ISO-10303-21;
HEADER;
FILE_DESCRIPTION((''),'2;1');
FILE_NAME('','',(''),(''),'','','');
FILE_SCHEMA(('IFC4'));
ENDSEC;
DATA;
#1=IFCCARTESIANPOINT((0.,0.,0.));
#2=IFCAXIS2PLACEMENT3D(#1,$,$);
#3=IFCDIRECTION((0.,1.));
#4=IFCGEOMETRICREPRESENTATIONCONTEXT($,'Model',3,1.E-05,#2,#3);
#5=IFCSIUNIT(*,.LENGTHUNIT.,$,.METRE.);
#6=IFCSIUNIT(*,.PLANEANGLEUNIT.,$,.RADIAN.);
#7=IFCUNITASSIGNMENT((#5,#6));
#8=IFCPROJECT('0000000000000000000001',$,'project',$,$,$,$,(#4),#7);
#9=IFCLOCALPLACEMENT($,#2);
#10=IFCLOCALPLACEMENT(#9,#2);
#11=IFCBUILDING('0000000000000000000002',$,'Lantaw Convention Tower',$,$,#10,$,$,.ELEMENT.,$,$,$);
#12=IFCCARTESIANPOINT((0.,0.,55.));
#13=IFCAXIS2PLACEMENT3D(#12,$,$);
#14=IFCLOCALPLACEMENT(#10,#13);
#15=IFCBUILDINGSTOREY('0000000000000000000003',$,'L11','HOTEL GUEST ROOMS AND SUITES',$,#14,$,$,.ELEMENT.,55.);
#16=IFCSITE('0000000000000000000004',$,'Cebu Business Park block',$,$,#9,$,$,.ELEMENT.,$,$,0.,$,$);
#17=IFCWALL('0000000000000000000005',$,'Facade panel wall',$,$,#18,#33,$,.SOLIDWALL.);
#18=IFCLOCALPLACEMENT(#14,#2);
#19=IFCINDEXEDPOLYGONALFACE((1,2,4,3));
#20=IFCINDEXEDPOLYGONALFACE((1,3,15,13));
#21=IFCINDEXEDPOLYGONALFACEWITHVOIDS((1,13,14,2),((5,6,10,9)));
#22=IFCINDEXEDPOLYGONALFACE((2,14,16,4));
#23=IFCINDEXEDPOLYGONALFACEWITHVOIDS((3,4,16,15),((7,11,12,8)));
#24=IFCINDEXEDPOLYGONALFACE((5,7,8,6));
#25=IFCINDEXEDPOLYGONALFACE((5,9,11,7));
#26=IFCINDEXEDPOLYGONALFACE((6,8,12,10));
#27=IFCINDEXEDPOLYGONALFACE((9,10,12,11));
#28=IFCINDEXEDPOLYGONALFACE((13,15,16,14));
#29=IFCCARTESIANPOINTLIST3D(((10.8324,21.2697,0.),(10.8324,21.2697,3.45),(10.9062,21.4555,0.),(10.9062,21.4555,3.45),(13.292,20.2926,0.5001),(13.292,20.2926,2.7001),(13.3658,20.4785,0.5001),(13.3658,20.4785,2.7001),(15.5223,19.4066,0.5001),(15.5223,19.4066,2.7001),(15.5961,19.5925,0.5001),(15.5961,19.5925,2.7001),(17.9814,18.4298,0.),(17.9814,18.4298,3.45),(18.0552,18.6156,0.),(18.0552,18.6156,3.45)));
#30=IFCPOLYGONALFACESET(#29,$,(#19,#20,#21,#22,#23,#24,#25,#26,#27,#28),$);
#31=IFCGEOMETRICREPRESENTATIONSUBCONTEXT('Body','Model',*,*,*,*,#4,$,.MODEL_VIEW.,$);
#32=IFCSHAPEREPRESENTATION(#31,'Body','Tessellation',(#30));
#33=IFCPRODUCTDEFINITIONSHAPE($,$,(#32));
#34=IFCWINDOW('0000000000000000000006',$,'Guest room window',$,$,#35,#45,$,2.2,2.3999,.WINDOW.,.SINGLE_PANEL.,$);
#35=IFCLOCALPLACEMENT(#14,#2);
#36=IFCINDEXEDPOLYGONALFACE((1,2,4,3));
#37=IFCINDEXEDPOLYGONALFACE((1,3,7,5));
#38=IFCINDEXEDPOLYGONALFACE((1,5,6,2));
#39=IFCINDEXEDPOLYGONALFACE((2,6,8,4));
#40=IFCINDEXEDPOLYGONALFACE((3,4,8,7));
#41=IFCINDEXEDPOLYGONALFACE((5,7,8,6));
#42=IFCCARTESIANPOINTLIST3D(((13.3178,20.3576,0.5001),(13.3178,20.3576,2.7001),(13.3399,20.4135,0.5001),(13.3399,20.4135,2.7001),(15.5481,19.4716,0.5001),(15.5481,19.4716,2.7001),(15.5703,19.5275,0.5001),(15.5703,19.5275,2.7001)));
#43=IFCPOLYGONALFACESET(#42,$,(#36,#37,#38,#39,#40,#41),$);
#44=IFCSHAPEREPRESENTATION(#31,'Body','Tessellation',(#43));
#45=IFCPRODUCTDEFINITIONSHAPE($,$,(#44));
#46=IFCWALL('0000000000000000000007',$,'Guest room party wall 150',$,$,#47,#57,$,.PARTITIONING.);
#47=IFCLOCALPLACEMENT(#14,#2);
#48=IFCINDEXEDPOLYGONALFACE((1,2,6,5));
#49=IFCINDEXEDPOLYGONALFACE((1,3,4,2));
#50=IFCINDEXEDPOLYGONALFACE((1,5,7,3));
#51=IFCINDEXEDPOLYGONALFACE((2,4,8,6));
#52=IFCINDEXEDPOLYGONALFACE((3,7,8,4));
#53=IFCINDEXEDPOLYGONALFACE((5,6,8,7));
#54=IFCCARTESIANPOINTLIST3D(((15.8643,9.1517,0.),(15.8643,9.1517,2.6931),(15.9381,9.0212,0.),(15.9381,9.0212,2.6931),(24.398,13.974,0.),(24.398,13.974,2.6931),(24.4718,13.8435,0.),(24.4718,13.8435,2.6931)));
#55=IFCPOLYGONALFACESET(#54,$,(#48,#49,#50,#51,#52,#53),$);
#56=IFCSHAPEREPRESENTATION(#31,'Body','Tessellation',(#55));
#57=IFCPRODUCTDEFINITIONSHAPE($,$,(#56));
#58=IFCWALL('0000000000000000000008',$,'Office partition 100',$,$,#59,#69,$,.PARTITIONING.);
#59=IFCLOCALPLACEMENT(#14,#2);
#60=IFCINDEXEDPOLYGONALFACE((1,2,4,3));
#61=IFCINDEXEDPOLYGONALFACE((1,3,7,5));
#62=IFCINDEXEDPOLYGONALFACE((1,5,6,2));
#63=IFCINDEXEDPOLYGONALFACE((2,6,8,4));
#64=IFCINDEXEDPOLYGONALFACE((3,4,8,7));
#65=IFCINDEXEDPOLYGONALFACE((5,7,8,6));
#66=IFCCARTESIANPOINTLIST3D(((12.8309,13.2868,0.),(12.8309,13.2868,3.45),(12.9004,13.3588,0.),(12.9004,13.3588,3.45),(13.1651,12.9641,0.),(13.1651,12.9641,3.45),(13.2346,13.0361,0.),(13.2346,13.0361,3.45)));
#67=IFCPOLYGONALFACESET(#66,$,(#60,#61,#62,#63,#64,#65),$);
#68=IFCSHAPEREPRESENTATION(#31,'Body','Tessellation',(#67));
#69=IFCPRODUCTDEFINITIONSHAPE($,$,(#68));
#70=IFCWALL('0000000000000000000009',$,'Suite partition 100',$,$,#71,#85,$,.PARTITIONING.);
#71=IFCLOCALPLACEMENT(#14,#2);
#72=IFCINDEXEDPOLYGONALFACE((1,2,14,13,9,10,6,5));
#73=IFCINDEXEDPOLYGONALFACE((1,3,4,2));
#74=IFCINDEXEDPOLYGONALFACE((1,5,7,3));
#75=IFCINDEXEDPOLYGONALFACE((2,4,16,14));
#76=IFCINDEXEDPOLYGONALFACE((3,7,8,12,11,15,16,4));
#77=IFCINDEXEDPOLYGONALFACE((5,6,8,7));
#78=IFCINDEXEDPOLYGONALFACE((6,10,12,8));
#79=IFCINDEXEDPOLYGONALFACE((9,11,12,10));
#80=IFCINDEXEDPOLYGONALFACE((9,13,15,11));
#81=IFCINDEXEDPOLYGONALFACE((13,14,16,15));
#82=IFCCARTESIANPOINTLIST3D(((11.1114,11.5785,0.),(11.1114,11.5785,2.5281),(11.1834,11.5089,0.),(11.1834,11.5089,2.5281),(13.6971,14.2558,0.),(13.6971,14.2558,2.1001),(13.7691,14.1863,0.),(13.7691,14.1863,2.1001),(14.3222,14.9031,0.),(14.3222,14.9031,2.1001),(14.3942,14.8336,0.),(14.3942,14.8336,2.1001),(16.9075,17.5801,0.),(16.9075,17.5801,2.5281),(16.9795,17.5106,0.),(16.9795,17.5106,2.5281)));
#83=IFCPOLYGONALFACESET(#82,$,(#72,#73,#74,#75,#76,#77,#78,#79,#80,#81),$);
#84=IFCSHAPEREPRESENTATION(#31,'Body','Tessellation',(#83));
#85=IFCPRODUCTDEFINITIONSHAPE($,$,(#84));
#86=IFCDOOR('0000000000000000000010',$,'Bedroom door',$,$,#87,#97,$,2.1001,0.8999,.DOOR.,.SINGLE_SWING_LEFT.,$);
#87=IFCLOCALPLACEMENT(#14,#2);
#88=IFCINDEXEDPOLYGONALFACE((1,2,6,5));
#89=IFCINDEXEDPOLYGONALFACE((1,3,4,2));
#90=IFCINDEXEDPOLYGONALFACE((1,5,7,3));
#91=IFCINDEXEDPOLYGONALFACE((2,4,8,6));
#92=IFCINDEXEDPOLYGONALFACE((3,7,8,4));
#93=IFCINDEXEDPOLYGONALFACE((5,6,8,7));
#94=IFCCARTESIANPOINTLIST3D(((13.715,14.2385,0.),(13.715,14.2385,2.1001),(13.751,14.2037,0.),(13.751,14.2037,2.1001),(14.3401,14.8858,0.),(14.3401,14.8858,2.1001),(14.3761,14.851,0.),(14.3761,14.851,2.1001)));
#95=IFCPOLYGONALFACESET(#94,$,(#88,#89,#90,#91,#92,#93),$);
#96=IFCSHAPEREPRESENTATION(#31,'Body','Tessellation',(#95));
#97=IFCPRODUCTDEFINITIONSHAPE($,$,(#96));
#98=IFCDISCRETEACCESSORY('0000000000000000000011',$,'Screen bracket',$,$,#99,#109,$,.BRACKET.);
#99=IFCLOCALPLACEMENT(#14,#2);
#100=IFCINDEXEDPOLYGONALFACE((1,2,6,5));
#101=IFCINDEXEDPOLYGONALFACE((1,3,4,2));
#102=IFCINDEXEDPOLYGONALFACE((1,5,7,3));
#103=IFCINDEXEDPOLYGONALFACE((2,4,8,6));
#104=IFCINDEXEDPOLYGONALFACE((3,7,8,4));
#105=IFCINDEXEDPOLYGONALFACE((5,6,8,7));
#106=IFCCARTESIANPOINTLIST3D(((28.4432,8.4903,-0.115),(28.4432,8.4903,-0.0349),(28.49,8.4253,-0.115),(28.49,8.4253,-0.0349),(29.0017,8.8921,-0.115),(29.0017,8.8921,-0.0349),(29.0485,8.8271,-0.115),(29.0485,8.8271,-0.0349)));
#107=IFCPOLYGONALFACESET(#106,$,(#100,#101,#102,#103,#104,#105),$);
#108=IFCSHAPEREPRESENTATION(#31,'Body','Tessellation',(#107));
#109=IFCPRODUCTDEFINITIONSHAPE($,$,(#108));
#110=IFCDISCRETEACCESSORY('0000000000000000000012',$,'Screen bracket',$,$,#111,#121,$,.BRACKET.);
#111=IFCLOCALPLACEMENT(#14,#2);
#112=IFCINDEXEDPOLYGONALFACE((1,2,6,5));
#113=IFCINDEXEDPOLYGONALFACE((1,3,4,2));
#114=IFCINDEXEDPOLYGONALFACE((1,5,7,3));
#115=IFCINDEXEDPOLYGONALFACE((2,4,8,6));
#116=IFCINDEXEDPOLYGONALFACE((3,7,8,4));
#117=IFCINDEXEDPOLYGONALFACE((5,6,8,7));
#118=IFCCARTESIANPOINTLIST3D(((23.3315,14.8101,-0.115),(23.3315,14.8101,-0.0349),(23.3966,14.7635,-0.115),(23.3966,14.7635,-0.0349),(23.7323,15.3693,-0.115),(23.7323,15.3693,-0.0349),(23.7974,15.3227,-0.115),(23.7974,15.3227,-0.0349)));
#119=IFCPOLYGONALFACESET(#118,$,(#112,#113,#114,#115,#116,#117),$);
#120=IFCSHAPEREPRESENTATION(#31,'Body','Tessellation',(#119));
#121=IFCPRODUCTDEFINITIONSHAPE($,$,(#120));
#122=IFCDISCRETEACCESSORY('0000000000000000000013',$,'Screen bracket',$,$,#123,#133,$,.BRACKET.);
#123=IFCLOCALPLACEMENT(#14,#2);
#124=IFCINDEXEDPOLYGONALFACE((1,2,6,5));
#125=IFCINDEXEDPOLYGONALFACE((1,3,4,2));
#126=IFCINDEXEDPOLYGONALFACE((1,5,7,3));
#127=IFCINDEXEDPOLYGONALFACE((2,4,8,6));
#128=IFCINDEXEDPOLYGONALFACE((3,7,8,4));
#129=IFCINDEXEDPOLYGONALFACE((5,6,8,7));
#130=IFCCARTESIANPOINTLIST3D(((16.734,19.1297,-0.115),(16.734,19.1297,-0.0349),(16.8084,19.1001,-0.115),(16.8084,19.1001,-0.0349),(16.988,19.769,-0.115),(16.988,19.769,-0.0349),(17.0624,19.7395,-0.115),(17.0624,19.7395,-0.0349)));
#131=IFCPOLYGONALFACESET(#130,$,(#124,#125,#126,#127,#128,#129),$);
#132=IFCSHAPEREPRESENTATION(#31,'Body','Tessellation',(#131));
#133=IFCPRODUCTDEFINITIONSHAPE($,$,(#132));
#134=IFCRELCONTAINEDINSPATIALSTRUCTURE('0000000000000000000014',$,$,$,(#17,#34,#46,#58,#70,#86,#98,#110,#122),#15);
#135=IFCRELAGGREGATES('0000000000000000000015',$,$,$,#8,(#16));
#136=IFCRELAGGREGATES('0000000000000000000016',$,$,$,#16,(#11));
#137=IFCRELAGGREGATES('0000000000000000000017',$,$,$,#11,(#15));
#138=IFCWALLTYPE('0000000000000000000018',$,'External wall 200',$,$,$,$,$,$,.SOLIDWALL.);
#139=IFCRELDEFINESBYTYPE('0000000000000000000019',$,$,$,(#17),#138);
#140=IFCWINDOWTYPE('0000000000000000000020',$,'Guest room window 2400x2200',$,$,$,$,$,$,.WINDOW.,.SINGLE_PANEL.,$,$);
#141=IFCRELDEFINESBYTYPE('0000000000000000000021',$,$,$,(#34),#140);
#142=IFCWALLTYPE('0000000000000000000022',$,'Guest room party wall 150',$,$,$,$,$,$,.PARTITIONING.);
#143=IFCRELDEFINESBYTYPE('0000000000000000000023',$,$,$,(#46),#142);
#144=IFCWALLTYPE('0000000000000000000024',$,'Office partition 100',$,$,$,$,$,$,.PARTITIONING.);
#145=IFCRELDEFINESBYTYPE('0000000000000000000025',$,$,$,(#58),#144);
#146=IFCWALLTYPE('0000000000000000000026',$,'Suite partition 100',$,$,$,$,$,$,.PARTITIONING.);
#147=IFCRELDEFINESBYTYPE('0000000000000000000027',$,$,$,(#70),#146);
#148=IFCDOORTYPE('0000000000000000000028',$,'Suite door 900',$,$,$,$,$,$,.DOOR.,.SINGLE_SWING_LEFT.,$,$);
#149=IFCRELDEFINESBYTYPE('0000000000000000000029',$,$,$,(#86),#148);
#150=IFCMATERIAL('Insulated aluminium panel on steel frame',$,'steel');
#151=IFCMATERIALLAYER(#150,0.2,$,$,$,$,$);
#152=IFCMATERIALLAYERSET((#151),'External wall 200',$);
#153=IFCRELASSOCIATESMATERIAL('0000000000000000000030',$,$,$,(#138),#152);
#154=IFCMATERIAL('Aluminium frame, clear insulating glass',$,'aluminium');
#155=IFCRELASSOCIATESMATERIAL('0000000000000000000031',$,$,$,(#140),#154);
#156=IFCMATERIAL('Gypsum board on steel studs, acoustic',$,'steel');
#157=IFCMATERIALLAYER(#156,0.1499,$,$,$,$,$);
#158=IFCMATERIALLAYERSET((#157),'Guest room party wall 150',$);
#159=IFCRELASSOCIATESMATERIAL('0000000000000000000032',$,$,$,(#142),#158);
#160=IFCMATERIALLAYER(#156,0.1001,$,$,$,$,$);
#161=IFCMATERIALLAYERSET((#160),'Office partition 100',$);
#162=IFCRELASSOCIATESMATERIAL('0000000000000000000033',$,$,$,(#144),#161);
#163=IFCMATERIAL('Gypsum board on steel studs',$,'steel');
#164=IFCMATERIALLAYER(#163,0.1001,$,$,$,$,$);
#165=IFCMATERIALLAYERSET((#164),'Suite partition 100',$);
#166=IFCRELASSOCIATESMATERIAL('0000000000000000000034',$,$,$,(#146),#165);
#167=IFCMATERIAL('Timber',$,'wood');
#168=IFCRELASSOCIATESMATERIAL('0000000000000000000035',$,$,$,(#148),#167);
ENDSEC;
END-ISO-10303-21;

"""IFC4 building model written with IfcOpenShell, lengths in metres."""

from ifc_helpers import new_model, si_unit, direction, frame, frame_2d, origin, origin_2d, place, context, subcontext, project, spatial, rectangle, extrude, material, layer, layer_set, type_object, element, fill, save


model = new_model("IFC4")

# Units and contexts
model_context = context("Model", 3, precision=1e-05, world=origin(), true_north=direction((0.0, 1.0)))
body_context = subcontext(model_context, "Body", "Model", "MODEL_VIEW")
ifc_project = project(units=[si_unit("LENGTHUNIT", "METRE"), si_unit("PLANEANGLEUNIT", "RADIAN")], contexts=[model_context])

# Site, building, storey
site_placement = place(None, origin())
site = spatial("IfcSite", under=ifc_project, at=site_placement, Name="Cebu Business Park block", CompositionType="ELEMENT", RefElevation=0.0)
building_placement = place(site_placement, origin())
building = spatial("IfcBuilding", under=site, at=building_placement, Name="Lantaw Convention Tower", CompositionType="ELEMENT")
storey_placement = place(building_placement, frame((0.0, 0.0, 55.0)))
storey = spatial("IfcBuildingStorey", under=building, at=storey_placement, Name="L11", Description="HOTEL GUEST ROOMS AND SUITES", CompositionType="ELEMENT", Elevation=55.0)

# Shared definitions
ifc_material_1 = material(Name="Timber", Category="wood")

# Wall, opening, window
ifc_material_2 = material(Name="Insulated aluminium panel on steel frame", Category="steel")
ifc_layer_1 = layer(ifc_material_2, 0.2)
ifc_layer_set_1 = layer_set([ifc_layer_1], Name="External wall 200")
wall_type_1 = type_object("IfcWallType", Name="External wall 200", PredefinedType="SOLIDWALL", material=ifc_layer_set_1)
ifc_material_3 = material(Name="Aluminium frame, clear insulating glass", Category="aluminium")
window_type = type_object("IfcWindowType", Name="Guest room window 2400x2200", PartitioningType="SINGLE_PANEL", PredefinedType="WINDOW", material=ifc_material_3)
wall_1_placement = place(storey_placement, frame((18.0183, 18.5227, 0.0), z_axis=(0.0, 0.0, 1.0), x_axis=(-0.929358, 0.369179, 0.0)))
wall_1 = element("IfcWall", 1, at=wall_1_placement, inside=storey, type_object=wall_type_1, Name="Facade panel wall", PredefinedType="SOLIDWALL", context=body_context, shape_type="SweptSolid", body=[
    extrude(rectangle(XDim=7.6924, YDim=0.2, at=frame_2d((3.8462, 0.0))), origin(), (0.0, 0.0, 1.0), 3.45),
])
opening_1_placement = place(wall_1_placement, frame((2.646, 0.0, 0.5)))
opening_1 = element("IfcOpeningElement", 2, at=opening_1_placement, cuts=wall_1, PredefinedType="OPENING", context=body_context, shape_type="SweptSolid", body=[
    extrude(rectangle(XDim=2.3999, YDim=2.2, at=frame_2d((1.2, 1.1001))), frame((0.0, 0.1099, 0.0), z_axis=(0.0, -1.0, 0.0), x_axis=(1.0, 0.0, 0.0)), (0.0, 0.0, 1.0), 0.22),
])
window_1_placement = place(opening_1_placement, origin())
window_1 = element("IfcWindow", 3, at=window_1_placement, inside=storey, type_object=window_type, Name="Guest room window", OverallHeight=2.2, OverallWidth=2.3999, PartitioningType="SINGLE_PANEL", PredefinedType="WINDOW", context=body_context, shape_type="SweptSolid", body=[
    extrude(rectangle(XDim=2.3999, YDim=2.2, at=frame_2d((1.2, 1.1001))), frame((0.0, 0.03, 0.0), z_axis=(0.0, -1.0, 0.0), x_axis=(1.0, 0.0, 0.0)), (0.0, 0.0, 1.0), 0.0601),
])
fill(opening_1, window_1)

# Walls
ifc_material_4 = material(Name="Gypsum board on steel studs, acoustic", Category="steel")
ifc_layer_2 = layer(ifc_material_4, 0.1499)
ifc_layer_set_2 = layer_set([ifc_layer_2], Name="Guest room party wall 150")
wall_type_2 = type_object("IfcWallType", Name="Guest room party wall 150", PredefinedType="PARTITIONING", material=ifc_layer_set_2)
wall_2_placement = place(storey_placement, frame((24.4348, 13.9087, 0.0), z_axis=(0.0, 0.0, 1.0), x_axis=(-0.870612, -0.49197, 0.0)))
element("IfcWall", 4, at=wall_2_placement, inside=storey, type_object=wall_type_2, Name="Guest room party wall 150", PredefinedType="PARTITIONING", context=body_context, shape_type="SweptSolid", body=[
    extrude(rectangle(XDim=9.802, YDim=0.1499, at=frame_2d((4.9009, 0.0))), origin(), (0.0, 0.0, 1.0), 2.6931),
])
ifc_layer_3 = layer(ifc_material_4, 0.1001)
ifc_layer_set_3 = layer_set([ifc_layer_3], Name="Office partition 100")
wall_type_3 = type_object("IfcWallType", Name="Office partition 100", PredefinedType="PARTITIONING", material=ifc_layer_set_3)
wall_3_placement = place(storey_placement, frame((13.2, 13.0, 0.0), z_axis=(0.0, 0.0, 1.0), x_axis=(-0.719347, 0.694651, 0.0)))
element("IfcWall", 5, at=wall_3_placement, inside=storey, type_object=wall_type_3, Name="Office partition 100", PredefinedType="PARTITIONING", context=body_context, shape_type="SweptSolid", body=[
    extrude(rectangle(XDim=0.4646, YDim=0.1001, at=frame_2d((0.2324, 0.0))), origin(), (0.0, 0.0, 1.0), 3.45),
])

# Wall, opening, door
ifc_material_5 = material(Name="Gypsum board on steel studs", Category="steel")
ifc_layer_4 = layer(ifc_material_5, 0.1001)
ifc_layer_set_4 = layer_set([ifc_layer_4], Name="Suite partition 100")
wall_type_4 = type_object("IfcWallType", Name="Suite partition 100", PredefinedType="PARTITIONING", material=ifc_layer_set_4)
wall_4_placement = place(storey_placement, frame((16.9436, 17.5454, 0.0), z_axis=(0.0, 0.0, 1.0), x_axis=(-0.694681, -0.719318, 0.0)))
wall_4 = element("IfcWall", 6, at=wall_4_placement, inside=storey, type_object=wall_type_4, Name="Suite partition 100", PredefinedType="PARTITIONING", context=body_context, shape_type="SweptSolid", body=[
    extrude(rectangle(XDim=8.3435, YDim=0.1001, at=frame_2d((4.1719, 0.0))), origin(), (0.0, 0.0, 1.0), 2.5281),
])
opening_2_placement = place(wall_4_placement, frame((3.7217, 0.0, 0.0)))
opening_2 = element("IfcOpeningElement", 7, at=opening_2_placement, cuts=wall_4, PredefinedType="OPENING", context=body_context, shape_type="SweptSolid", body=[
    extrude(rectangle(XDim=0.8999, YDim=2.1001, at=frame_2d((0.45, 1.05))), frame((0.0, 0.0601, 0.0), z_axis=(0.0, -1.0, 0.0), x_axis=(1.0, 0.0, 0.0)), (0.0, 0.0, 1.0), 0.1201),
])
door_type_1 = type_object("IfcDoorType", Name="Suite door 900", OperationType="SINGLE_SWING_LEFT", PredefinedType="DOOR", material=ifc_material_1)
door_1_placement = place(opening_2_placement, origin())
door_1 = element("IfcDoor", 8, at=door_1_placement, inside=storey, type_object=door_type_1, Name="Bedroom door", OperationType="SINGLE_SWING_LEFT", OverallHeight=2.1001, OverallWidth=0.8999, PredefinedType="DOOR", context=body_context, shape_type="SweptSolid", body=[
    extrude(rectangle(XDim=0.8999, YDim=2.1001, at=frame_2d((0.45, 1.05))), frame((0.0, 0.0249, 0.0), z_axis=(0.0, -1.0, 0.0), x_axis=(1.0, 0.0, 0.0)), (0.0, 0.0, 1.0), 0.05),
])
fill(opening_2, door_1)

# Discrete accessories
for number, where, z_axis, x_axis, name in (
    (9, (28.7458, 8.6587, -0.115), (0.0, 0.0, 1.0), (-0.583951, 0.811789, 0.0), "Screen bracket"),
    (10, (23.5645, 15.0664, -0.115), (0.0, 0.0, 1.0), (-0.812804, 0.582538, 0.0), "Screen bracket"),
    (11, (16.8982, 19.4346, -0.115), (0.0, 0.0, 1.0), (-0.929361, 0.369172, 0.0), "Screen bracket"),
):
    element("IfcDiscreteAccessory", number, at=place(storey_placement, frame(where, z_axis=z_axis, x_axis=x_axis)), inside=storey, Name=name, PredefinedType="BRACKET", context=body_context, shape_type="SweptSolid", body=[
        extrude(rectangle(XDim=0.0801, YDim=0.688, at=origin_2d()), origin(), (0.0, 0.0, 1.0), 0.0801),
    ])

save(model, "model.ifc")
